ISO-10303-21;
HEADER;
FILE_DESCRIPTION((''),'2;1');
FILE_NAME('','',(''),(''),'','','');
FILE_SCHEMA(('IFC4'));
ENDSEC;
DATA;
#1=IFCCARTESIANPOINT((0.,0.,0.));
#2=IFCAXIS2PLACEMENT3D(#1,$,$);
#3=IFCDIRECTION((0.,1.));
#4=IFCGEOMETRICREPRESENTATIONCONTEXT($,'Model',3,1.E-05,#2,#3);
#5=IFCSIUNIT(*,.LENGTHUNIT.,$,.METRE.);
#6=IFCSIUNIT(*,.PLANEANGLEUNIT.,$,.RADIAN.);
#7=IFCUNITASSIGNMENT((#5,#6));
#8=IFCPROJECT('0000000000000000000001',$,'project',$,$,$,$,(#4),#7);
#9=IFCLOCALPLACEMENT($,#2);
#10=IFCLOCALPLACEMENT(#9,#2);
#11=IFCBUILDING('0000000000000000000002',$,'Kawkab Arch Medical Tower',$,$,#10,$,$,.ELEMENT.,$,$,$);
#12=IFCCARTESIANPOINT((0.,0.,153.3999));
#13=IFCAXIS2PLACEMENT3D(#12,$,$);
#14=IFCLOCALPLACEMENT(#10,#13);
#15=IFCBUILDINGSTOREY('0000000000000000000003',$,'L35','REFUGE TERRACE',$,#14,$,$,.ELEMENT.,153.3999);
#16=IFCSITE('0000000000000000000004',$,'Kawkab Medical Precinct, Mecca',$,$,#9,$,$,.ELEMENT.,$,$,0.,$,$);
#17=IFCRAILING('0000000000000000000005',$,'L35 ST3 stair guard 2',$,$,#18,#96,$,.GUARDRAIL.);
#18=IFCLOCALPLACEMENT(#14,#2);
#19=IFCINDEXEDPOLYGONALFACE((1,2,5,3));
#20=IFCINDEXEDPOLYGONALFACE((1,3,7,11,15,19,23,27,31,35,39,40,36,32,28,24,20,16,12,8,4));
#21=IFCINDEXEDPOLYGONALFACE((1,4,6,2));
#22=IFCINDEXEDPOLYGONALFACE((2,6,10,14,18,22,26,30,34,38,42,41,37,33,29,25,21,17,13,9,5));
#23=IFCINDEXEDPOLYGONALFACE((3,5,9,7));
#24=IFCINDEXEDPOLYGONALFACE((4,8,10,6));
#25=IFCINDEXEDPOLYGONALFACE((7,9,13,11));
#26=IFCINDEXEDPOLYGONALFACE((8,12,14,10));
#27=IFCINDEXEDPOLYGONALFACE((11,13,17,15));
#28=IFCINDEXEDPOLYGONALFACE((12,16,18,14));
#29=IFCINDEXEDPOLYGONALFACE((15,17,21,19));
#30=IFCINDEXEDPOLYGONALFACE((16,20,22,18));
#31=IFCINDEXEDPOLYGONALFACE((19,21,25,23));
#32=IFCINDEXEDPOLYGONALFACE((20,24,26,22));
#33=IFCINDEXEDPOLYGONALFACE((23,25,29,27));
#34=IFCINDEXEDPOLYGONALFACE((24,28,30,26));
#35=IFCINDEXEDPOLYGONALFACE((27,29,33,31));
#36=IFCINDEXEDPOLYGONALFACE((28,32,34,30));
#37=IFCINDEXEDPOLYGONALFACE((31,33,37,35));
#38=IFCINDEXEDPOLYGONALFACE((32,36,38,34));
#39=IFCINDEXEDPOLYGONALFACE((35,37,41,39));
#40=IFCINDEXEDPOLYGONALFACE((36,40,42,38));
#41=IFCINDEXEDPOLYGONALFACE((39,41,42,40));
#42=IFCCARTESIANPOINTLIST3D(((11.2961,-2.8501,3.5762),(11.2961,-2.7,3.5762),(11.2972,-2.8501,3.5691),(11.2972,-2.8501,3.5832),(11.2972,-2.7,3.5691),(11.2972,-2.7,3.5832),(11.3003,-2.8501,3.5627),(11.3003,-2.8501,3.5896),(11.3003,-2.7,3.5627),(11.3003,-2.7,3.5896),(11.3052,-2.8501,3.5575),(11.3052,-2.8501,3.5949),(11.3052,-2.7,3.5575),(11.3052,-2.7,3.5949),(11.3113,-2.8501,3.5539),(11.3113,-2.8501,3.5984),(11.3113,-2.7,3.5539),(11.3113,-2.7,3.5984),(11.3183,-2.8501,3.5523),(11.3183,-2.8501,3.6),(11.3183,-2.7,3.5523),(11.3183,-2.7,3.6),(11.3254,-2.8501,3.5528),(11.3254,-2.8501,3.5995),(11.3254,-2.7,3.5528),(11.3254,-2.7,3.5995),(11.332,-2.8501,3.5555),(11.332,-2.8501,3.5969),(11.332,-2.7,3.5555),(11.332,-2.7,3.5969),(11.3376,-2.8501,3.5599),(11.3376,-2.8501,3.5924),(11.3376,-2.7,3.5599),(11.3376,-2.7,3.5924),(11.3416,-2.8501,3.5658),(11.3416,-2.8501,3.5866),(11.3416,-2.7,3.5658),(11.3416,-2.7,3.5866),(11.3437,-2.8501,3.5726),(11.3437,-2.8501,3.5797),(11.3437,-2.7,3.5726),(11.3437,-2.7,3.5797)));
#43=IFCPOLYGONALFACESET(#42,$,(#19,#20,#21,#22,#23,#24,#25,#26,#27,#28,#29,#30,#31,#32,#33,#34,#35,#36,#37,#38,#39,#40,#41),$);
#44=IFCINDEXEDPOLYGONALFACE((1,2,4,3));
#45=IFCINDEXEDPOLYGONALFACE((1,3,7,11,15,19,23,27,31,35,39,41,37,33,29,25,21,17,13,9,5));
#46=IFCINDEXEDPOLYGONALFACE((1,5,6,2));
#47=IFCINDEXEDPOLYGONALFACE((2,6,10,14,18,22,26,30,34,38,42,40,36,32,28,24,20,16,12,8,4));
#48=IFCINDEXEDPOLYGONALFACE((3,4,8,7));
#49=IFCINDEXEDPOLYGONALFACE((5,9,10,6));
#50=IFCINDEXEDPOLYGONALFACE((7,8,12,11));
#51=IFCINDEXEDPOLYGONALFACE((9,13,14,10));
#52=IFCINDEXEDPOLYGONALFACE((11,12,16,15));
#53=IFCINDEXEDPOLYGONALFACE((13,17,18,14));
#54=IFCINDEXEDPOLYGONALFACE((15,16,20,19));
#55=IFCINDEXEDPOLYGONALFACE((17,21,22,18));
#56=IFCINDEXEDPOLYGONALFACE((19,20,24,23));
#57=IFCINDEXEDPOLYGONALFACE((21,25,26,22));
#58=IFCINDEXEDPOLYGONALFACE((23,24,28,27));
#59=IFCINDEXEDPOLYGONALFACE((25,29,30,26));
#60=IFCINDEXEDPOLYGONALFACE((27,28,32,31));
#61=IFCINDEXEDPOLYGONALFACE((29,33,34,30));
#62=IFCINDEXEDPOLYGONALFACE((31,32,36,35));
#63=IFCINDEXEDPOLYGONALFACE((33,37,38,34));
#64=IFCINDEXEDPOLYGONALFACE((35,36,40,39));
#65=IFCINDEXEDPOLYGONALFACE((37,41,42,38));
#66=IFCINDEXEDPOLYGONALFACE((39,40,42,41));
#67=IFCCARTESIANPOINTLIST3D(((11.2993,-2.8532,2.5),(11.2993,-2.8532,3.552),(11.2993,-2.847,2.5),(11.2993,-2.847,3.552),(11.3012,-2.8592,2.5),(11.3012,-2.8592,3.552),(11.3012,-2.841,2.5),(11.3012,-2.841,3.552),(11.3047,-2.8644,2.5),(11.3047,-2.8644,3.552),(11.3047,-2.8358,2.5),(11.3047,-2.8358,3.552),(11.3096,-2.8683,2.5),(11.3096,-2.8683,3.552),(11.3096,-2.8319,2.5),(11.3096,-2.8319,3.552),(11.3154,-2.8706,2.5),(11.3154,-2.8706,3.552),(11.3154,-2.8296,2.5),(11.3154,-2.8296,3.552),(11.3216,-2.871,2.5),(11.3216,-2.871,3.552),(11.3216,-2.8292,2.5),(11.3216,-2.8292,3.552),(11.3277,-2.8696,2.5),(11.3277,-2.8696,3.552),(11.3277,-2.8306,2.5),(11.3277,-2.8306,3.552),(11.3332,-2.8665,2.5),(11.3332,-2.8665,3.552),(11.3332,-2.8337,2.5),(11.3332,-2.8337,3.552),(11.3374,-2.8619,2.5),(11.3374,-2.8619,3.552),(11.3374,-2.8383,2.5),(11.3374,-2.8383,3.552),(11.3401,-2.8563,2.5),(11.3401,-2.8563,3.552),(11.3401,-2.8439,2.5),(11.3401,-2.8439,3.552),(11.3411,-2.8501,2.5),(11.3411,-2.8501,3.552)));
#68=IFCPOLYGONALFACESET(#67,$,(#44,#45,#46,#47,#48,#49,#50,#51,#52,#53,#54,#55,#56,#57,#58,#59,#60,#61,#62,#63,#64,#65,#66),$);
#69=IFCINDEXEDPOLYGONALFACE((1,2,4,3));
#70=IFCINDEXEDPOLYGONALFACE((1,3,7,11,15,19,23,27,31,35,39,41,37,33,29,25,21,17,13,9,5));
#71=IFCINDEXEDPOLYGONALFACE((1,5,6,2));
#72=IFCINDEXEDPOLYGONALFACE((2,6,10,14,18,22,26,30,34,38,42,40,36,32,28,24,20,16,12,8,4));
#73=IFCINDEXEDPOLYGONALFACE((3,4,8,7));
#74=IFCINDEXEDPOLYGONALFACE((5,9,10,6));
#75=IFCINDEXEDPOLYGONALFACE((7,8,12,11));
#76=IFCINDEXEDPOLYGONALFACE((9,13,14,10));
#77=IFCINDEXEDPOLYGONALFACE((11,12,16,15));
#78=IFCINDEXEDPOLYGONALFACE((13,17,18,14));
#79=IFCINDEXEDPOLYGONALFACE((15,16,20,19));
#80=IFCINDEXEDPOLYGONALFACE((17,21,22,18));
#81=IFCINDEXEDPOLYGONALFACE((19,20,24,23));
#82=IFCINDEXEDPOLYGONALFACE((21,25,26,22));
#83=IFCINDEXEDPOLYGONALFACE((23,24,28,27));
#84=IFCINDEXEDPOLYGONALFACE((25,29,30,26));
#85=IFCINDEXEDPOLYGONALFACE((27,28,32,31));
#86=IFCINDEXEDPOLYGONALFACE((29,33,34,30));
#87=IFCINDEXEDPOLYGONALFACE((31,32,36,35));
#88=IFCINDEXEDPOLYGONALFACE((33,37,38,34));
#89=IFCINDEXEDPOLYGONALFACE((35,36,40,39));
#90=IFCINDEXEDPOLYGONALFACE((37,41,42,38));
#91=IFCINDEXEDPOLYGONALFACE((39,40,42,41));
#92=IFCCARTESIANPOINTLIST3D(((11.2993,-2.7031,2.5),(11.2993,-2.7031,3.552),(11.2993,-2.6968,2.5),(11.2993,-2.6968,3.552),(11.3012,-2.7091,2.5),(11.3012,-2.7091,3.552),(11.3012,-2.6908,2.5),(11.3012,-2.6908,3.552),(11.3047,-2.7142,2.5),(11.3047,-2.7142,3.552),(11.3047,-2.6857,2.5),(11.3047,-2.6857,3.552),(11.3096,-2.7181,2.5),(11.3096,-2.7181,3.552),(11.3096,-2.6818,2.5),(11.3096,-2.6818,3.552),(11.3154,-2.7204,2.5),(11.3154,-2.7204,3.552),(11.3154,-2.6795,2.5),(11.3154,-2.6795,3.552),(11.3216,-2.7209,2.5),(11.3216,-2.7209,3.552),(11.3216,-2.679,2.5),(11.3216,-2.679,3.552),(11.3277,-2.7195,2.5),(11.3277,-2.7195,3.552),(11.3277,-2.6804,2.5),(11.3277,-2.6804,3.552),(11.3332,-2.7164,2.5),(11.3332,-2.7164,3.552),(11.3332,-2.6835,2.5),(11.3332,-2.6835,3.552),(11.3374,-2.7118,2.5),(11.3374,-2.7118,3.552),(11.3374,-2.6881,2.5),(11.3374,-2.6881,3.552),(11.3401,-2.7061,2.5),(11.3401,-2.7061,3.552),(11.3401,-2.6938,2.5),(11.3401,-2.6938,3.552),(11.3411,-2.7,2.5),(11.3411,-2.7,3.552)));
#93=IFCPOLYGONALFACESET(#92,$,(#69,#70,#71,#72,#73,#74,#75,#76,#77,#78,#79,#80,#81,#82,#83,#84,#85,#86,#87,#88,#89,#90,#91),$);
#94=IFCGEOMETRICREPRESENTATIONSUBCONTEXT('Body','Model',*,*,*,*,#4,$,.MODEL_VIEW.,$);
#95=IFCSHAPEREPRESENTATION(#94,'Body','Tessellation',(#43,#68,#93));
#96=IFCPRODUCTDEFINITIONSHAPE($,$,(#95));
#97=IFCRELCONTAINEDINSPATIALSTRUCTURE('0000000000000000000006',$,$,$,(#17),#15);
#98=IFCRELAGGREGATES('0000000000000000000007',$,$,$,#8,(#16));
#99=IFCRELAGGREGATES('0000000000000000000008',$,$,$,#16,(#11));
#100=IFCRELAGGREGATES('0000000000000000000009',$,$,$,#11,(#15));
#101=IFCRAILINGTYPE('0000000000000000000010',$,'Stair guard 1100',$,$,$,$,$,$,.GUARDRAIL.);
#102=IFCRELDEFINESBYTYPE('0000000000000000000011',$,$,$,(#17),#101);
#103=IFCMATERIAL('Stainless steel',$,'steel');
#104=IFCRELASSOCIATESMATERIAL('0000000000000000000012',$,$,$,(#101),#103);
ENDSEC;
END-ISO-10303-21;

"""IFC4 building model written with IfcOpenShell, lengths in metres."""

from ifc_helpers import new_model, si_unit, direction, frame, origin, origin_2d, place, context, subcontext, project, spatial, circle, extrude, material, type_object, element, save


model = new_model("IFC4")

# Units and contexts
model_context = context("Model", 3, precision=1e-05, world=origin(), true_north=direction((0.0, 1.0)))
body_context = subcontext(model_context, "Body", "Model", "MODEL_VIEW")
ifc_project = project(units=[si_unit("LENGTHUNIT", "METRE"), si_unit("PLANEANGLEUNIT", "RADIAN")], contexts=[model_context])

# Site, building, storey
site_placement = place(None, origin())
site = spatial("IfcSite", under=ifc_project, at=site_placement, Name="Kawkab Medical Precinct, Mecca", CompositionType="ELEMENT", RefElevation=0.0)
building_placement = place(site_placement, origin())
building = spatial("IfcBuilding", under=site, at=building_placement, Name="Kawkab Arch Medical Tower", CompositionType="ELEMENT")
storey_placement = place(building_placement, frame((0.0, 0.0, 153.3999)))
storey = spatial("IfcBuildingStorey", under=building, at=storey_placement, Name="L35", Description="REFUGE TERRACE", CompositionType="ELEMENT", Elevation=153.3999)

# Railing
ifc_material_1 = material(Name="Stainless steel", Category="steel")
railing_type = type_object("IfcRailingType", Name="Stair guard 1100", PredefinedType="GUARDRAIL", material=ifc_material_1)
railing_1_placement = place(storey_placement, frame((11.3201, -2.8501, 2.5)))
element("IfcRailing", 1, at=railing_1_placement, inside=storey, type_object=railing_type, Name="L35 ST3 stair guard 2", PredefinedType="GUARDRAIL", context=body_context, shape_type="SweptSolid", body=[
    extrude(circle(Radius=0.0239, at=origin_2d()), frame((0.0, 0.0, 1.0762), z_axis=(0.0, 1.0, 0.0), x_axis=(-1.0, 0.0, 0.0)), (0.0, 0.0, 1.0), 0.1501),
    extrude(circle(Radius=0.021, at=origin_2d()), origin(), (0.0, 0.0, 1.0), 1.052),
    extrude(circle(Radius=0.021, at=origin_2d()), frame((0.0, 0.1501, 0.0)), (0.0, 0.0, 1.0), 1.052),
])

save(model, "model.ifc")
